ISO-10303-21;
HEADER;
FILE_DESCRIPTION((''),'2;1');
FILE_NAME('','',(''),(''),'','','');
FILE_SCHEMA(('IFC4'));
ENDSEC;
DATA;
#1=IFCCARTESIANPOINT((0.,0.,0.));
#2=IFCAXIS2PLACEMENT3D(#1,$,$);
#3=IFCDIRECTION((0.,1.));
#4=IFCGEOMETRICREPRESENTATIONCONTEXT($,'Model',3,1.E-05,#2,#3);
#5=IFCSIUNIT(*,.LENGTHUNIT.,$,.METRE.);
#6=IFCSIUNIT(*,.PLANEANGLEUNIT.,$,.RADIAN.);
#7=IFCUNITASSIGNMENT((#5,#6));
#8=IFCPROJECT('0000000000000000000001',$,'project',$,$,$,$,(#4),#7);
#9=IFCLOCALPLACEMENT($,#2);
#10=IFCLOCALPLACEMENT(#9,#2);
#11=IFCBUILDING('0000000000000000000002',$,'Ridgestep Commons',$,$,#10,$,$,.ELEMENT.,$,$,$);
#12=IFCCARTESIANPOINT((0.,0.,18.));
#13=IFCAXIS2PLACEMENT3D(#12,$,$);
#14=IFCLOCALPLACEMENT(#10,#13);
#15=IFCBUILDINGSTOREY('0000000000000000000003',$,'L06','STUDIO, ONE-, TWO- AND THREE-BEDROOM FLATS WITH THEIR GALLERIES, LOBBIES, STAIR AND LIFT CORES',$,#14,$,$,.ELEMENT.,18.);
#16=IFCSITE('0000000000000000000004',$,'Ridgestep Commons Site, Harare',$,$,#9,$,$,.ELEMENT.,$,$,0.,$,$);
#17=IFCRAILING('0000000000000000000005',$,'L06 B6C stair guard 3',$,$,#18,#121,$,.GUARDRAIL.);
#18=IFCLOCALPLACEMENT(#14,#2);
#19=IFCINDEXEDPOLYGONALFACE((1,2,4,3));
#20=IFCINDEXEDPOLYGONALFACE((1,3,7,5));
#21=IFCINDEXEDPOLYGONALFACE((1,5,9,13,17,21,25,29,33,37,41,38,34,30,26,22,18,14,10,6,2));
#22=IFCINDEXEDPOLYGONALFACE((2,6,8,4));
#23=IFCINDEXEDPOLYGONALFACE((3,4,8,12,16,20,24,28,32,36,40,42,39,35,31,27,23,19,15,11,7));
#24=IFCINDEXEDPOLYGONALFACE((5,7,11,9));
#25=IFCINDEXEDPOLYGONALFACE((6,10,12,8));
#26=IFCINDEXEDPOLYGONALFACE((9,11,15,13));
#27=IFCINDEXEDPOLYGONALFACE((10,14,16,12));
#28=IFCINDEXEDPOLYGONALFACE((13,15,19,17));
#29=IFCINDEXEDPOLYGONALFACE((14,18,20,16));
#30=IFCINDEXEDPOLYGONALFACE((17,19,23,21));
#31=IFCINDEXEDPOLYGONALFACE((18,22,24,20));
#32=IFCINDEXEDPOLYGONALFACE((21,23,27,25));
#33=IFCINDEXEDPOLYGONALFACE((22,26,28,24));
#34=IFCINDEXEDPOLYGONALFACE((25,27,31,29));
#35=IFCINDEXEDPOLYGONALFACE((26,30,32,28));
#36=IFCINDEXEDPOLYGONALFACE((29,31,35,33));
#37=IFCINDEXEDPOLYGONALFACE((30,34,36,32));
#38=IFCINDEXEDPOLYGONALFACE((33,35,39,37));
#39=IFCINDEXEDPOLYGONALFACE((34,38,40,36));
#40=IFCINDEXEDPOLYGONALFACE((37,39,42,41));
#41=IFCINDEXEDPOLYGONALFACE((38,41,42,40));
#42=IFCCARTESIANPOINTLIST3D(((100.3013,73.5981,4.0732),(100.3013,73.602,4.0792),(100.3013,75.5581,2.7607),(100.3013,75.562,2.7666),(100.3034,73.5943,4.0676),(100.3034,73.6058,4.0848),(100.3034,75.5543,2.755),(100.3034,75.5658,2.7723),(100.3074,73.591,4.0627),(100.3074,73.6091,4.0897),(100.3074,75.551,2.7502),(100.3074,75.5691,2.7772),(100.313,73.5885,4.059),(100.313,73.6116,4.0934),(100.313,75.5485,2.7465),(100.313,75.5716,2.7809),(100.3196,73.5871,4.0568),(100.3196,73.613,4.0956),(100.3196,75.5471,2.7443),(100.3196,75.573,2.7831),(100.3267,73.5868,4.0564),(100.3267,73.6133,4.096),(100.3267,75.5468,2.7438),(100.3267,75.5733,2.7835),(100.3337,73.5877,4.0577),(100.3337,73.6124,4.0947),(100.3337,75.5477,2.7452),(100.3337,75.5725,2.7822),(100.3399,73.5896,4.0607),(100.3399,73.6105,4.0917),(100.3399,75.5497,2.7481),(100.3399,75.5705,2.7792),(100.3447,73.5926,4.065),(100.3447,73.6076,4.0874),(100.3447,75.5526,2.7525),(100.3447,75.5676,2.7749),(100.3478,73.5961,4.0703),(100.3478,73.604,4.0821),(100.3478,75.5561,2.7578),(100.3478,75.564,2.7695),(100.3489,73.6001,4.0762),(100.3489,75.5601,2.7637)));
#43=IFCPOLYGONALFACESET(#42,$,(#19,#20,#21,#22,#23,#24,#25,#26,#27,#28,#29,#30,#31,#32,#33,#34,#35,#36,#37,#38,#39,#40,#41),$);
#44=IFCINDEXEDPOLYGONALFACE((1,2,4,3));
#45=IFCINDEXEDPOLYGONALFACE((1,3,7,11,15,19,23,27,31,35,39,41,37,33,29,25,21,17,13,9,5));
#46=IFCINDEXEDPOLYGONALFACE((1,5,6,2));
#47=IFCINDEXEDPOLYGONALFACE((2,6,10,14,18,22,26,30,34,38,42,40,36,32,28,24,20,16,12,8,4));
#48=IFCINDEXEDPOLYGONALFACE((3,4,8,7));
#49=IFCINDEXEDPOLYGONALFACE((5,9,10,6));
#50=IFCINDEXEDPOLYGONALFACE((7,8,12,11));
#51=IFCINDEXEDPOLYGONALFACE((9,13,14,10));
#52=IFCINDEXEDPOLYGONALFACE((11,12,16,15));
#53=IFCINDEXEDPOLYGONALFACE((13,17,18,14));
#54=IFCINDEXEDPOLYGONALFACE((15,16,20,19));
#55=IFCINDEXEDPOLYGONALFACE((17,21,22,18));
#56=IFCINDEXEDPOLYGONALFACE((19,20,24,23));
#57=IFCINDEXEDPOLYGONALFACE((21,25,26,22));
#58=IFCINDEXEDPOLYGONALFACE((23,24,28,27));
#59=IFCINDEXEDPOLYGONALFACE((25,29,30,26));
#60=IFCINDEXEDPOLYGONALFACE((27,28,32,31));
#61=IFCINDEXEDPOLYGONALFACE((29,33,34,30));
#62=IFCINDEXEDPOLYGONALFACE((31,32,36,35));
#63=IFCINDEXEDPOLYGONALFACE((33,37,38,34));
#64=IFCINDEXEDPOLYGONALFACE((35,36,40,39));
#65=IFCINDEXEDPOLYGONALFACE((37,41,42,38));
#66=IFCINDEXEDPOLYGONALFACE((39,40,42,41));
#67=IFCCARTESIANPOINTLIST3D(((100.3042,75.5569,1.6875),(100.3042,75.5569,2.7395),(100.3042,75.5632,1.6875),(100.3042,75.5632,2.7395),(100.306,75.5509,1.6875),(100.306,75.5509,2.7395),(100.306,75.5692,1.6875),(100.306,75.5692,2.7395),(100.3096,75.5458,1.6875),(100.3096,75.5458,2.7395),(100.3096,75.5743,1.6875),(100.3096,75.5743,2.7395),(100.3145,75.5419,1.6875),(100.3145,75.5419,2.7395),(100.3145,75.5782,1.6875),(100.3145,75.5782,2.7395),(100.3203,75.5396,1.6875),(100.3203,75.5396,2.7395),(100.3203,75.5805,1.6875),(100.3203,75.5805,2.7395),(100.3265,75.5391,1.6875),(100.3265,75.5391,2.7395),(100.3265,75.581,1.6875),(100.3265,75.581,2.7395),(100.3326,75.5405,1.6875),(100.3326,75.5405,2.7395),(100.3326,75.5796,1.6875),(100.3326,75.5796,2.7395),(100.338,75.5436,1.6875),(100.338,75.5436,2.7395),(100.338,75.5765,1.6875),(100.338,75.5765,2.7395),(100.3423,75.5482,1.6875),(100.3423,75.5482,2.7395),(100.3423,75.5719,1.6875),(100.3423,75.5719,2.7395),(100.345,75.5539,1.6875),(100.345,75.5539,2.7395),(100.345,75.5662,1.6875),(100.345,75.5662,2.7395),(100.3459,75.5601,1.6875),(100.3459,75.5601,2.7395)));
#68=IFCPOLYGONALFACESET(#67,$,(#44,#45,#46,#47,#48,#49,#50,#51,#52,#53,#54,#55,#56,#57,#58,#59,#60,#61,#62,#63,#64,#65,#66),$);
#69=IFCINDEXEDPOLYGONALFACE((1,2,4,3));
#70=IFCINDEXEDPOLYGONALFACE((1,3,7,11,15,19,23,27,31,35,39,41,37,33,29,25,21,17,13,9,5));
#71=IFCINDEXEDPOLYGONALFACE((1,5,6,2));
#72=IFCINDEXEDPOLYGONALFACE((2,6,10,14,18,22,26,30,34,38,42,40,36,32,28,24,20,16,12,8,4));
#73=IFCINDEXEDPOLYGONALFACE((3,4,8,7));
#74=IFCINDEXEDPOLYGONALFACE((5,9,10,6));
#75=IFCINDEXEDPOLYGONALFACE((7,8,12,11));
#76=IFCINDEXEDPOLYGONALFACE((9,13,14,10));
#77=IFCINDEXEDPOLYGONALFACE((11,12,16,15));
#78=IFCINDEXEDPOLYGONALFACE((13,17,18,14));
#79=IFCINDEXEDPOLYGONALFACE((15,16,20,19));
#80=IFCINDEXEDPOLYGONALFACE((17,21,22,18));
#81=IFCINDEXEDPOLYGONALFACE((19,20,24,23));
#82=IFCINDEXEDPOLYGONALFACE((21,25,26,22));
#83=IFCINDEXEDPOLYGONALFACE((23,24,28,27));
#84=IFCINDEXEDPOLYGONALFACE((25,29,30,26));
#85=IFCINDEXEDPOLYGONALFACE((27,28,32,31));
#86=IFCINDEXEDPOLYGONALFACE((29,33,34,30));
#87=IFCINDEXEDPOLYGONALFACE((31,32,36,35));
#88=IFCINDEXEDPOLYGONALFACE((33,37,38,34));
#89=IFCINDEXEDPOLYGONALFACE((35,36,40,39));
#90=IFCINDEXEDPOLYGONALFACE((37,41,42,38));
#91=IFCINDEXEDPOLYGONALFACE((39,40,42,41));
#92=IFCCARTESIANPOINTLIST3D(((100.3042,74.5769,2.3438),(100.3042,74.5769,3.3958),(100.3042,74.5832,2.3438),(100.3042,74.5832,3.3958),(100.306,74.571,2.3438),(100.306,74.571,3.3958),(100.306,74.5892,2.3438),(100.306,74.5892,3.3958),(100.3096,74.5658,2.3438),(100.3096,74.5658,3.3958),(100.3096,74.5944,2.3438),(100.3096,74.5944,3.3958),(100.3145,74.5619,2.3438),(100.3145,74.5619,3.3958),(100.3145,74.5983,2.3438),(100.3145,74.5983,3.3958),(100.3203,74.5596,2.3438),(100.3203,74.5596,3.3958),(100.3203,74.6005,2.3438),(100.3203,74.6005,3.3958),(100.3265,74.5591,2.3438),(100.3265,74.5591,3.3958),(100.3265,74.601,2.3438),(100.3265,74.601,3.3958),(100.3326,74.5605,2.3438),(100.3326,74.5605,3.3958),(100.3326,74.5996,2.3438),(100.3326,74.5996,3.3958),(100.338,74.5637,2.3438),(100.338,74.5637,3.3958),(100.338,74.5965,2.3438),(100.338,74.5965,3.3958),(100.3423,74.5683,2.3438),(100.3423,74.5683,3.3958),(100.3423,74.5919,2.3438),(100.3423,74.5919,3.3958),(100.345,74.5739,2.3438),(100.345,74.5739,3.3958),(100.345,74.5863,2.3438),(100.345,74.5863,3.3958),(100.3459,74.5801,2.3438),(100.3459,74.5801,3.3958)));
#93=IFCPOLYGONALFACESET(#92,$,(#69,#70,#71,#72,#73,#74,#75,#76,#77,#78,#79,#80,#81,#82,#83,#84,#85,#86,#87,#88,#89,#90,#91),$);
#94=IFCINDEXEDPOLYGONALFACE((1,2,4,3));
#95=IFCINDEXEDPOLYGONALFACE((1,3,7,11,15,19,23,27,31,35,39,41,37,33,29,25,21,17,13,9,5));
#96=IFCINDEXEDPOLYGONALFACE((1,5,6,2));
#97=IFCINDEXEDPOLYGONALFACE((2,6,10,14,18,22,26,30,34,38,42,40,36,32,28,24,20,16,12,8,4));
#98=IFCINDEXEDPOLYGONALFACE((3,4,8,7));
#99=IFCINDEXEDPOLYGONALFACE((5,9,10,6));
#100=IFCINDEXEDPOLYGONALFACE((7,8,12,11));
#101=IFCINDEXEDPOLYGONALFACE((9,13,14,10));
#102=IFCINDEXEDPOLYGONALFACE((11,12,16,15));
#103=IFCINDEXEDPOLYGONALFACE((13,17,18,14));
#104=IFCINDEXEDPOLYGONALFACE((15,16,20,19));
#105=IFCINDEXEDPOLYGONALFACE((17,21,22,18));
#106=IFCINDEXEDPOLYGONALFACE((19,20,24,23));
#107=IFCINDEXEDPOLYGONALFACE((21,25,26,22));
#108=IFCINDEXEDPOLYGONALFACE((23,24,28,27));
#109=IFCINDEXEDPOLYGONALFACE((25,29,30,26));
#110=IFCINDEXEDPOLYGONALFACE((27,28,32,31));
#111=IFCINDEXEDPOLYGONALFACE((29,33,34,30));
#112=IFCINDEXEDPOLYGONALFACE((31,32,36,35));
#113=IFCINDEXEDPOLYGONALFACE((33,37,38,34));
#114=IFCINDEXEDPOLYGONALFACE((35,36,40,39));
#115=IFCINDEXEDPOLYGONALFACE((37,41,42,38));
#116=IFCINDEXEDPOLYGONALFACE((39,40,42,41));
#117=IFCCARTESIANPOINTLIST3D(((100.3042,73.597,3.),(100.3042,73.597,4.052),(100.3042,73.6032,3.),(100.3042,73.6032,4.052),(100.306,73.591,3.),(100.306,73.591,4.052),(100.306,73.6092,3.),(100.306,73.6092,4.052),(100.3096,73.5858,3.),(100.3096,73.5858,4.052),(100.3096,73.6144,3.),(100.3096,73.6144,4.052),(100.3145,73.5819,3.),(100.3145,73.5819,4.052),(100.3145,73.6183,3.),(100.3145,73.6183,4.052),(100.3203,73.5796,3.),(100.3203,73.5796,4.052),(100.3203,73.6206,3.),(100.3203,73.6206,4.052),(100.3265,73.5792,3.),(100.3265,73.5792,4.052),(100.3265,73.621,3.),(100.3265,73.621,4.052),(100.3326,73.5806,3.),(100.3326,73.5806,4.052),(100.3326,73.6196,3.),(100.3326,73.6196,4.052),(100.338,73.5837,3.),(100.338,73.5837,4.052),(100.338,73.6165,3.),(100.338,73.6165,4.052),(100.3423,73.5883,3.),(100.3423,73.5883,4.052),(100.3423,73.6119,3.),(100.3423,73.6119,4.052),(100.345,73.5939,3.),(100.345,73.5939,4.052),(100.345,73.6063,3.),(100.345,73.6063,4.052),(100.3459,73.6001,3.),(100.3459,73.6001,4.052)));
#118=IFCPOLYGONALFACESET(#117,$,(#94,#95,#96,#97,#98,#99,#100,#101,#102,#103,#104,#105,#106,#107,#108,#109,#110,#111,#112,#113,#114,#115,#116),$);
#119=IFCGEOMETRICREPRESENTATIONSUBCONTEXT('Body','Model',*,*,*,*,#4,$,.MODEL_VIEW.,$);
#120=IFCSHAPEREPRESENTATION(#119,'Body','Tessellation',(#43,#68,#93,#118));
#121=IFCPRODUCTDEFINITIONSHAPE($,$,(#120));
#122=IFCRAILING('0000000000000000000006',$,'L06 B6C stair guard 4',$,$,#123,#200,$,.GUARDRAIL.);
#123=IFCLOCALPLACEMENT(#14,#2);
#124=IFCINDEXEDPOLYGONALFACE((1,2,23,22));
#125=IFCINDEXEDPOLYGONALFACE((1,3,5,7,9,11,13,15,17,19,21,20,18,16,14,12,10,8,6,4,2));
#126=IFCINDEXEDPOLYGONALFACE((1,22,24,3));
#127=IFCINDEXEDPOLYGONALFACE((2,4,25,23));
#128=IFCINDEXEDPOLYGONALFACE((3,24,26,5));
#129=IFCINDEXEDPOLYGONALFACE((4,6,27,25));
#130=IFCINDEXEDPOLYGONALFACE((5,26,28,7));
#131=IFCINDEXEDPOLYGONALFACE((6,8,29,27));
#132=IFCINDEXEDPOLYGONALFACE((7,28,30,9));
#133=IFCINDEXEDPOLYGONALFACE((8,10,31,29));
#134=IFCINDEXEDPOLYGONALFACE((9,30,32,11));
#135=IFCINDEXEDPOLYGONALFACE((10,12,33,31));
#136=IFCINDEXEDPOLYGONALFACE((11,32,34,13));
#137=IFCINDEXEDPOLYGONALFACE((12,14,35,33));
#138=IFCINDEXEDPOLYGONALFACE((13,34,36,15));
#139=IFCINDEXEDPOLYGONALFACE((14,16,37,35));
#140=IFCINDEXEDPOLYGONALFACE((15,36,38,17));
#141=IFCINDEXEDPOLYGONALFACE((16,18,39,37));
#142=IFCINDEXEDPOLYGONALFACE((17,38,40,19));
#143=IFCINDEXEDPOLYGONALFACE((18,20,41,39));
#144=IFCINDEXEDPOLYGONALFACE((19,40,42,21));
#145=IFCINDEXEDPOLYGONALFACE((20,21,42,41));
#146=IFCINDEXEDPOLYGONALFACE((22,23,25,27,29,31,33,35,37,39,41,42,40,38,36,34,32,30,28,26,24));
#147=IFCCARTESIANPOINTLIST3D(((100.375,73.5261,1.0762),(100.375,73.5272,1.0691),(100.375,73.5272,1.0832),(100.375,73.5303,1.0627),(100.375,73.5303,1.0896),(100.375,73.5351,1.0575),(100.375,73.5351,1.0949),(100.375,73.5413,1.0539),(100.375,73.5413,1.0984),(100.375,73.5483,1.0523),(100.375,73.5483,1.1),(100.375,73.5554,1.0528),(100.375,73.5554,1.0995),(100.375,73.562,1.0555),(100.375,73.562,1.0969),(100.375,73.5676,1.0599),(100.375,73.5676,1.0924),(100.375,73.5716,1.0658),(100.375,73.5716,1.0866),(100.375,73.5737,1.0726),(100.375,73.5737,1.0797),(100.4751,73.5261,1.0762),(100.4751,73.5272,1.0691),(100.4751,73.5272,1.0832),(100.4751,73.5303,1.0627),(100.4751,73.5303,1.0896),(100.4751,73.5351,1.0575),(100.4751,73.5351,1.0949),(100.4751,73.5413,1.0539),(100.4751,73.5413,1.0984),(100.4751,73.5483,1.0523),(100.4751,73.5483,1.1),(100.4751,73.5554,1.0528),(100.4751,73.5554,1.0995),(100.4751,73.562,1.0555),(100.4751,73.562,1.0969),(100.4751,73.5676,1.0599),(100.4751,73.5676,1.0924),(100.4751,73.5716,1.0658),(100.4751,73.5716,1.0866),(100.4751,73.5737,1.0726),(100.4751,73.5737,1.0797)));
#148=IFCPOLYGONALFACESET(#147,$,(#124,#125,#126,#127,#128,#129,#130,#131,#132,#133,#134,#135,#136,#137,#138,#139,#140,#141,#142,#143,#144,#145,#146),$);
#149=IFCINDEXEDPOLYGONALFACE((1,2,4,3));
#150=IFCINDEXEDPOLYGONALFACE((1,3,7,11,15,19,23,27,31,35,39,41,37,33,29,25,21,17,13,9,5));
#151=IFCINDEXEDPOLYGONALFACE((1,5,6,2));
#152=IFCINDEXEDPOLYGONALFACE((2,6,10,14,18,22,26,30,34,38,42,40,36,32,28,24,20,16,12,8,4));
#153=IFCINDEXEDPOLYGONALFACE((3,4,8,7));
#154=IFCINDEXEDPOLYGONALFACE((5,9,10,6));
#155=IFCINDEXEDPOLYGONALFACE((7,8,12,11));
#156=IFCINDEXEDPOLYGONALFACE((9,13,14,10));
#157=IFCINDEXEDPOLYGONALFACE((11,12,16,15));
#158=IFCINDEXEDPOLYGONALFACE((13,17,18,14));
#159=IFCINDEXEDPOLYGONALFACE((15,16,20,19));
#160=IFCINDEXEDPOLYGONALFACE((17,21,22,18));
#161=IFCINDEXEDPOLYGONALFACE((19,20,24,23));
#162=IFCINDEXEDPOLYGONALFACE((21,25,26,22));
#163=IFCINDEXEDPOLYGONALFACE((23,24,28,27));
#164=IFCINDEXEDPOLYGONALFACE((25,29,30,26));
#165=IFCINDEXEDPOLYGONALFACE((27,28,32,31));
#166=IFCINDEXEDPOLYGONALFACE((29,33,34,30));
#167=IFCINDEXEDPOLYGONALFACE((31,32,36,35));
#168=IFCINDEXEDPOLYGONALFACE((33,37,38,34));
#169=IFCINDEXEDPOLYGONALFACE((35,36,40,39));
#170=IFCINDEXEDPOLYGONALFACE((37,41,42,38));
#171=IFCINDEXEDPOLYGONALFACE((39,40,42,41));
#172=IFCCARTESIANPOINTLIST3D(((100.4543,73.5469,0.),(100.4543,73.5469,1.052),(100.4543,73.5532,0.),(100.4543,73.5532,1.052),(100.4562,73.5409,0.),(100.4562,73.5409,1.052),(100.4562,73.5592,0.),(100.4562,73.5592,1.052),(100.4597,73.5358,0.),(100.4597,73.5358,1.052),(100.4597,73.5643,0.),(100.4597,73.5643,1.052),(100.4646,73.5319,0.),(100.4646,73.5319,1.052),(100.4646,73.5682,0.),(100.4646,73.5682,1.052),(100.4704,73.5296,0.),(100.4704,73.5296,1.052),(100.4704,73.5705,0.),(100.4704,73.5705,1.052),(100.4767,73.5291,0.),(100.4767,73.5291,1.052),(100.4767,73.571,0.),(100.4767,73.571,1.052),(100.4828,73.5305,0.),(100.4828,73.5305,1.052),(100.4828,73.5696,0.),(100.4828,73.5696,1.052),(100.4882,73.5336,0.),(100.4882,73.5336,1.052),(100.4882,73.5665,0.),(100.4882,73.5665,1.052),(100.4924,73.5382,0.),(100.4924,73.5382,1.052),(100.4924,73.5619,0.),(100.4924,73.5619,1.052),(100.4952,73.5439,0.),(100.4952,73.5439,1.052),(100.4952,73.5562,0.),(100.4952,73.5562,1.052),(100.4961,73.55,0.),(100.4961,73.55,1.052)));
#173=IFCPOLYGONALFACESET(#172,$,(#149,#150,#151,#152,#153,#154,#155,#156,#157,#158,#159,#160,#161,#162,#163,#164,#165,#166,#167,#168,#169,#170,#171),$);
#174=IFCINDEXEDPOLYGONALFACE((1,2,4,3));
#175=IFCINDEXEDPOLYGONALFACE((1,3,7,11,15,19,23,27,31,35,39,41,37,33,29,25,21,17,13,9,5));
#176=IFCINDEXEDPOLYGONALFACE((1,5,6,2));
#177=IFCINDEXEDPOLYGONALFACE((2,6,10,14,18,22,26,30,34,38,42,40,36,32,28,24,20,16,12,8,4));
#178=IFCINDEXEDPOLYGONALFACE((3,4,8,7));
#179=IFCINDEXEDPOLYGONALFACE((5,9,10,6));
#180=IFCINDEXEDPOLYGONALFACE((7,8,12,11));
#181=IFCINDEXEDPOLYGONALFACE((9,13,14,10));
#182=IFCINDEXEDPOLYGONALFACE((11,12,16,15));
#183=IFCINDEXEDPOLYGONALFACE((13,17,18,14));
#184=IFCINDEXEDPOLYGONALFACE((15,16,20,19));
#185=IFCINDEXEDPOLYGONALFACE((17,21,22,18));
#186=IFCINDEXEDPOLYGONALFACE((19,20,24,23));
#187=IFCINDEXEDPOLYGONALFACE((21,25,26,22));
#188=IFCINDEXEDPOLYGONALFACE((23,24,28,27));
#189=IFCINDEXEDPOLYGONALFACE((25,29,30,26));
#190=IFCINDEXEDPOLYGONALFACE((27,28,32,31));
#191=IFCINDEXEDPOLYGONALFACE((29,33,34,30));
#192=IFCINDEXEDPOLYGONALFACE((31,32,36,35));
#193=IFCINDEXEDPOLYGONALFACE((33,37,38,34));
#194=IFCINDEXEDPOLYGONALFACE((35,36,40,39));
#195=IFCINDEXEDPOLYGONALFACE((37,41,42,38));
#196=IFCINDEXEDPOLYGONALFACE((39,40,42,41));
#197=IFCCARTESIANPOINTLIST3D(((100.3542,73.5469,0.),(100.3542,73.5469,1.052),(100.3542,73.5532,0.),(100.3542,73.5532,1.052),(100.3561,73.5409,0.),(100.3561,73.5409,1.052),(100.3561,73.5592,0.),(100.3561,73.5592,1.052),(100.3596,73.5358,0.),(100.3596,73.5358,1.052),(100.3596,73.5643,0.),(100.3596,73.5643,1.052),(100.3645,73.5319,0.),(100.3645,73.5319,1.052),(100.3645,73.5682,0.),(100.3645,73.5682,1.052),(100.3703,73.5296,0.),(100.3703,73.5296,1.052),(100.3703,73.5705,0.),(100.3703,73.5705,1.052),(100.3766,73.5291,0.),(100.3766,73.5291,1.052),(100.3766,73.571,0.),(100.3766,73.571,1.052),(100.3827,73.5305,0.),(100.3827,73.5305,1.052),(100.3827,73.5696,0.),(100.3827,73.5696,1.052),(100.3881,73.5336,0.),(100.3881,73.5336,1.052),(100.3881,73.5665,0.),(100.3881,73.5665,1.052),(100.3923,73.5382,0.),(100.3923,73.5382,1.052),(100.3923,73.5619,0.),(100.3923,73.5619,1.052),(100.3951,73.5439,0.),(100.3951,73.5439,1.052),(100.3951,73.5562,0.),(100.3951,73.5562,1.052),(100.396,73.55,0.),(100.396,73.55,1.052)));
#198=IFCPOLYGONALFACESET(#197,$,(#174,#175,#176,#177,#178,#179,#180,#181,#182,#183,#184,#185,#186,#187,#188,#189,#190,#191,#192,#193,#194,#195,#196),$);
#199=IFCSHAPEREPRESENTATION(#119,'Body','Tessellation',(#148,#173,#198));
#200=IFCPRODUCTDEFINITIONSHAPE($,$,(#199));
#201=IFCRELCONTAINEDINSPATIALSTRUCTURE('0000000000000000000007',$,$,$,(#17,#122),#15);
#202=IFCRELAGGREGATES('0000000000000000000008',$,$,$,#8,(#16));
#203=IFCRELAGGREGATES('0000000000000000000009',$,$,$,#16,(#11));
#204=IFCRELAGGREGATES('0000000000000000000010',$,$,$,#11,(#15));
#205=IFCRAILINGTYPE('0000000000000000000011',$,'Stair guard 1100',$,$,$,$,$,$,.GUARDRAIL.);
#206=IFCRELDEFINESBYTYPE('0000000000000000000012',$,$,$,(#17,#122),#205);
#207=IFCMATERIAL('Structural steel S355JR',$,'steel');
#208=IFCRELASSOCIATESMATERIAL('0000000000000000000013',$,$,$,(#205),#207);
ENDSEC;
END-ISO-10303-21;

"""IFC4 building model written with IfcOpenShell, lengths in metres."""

from ifc_helpers import new_model, si_unit, direction, frame, origin, origin_2d, place, context, subcontext, project, spatial, circle, extrude, material, type_object, element, save


model = new_model("IFC4")

# Units and contexts
model_context = context("Model", 3, precision=1e-05, world=origin(), true_north=direction((0.0, 1.0)))
body_context = subcontext(model_context, "Body", "Model", "MODEL_VIEW")
ifc_project = project(units=[si_unit("LENGTHUNIT", "METRE"), si_unit("PLANEANGLEUNIT", "RADIAN")], contexts=[model_context])

# Site, building, storey
site_placement = place(None, origin())
site = spatial("IfcSite", under=ifc_project, at=site_placement, Name="Ridgestep Commons Site, Harare", CompositionType="ELEMENT", RefElevation=0.0)
building_placement = place(site_placement, origin())
building = spatial("IfcBuilding", under=site, at=building_placement, Name="Ridgestep Commons", CompositionType="ELEMENT")
storey_placement = place(building_placement, frame((0.0, 0.0, 18.0)))
storey = spatial("IfcBuildingStorey", under=building, at=storey_placement, Name="L06", Description="STUDIO, ONE-, TWO- AND THREE-BEDROOM FLATS WITH THEIR GALLERIES, LOBBIES, STAIR AND LIFT CORES", CompositionType="ELEMENT", Elevation=18.0)

# Railings
ifc_material_1 = material(Name="Structural steel S355JR", Category="steel")
railing_type_1 = type_object("IfcRailingType", Name="Stair guard 1100", PredefinedType="GUARDRAIL", material=ifc_material_1)
railing_1_placement = place(storey_placement, frame((100.325, 75.5601, 1.6875)))
element("IfcRailing", 1, at=railing_1_placement, inside=storey, type_object=railing_type_1, Name="L06 B6C stair guard 3", PredefinedType="GUARDRAIL", context=body_context, shape_type="SweptSolid", body=[
    extrude(circle(Radius=0.0239, at=origin_2d()), frame((0.0, 0.0, 1.0762), z_axis=(0.0, -0.830902, 0.556419), x_axis=(1.0, 0.0, 0.0)), (0.0, 0.0, 1.0), 2.3589),
    extrude(circle(Radius=0.021, at=origin_2d()), origin(), (0.0, 0.0, 1.0), 1.052),
    extrude(circle(Radius=0.021, at=origin_2d()), frame((0.0, -0.98, 0.6562)), (0.0, 0.0, 1.0), 1.052),
    extrude(circle(Radius=0.021, at=origin_2d()), frame((0.0, -1.96, 1.3125)), (0.0, 0.0, 1.0), 1.052),
])
railing_2_placement = place(storey_placement, frame((100.4751, 73.55, 0.0)))
element("IfcRailing", 2, at=railing_2_placement, inside=storey, type_object=railing_type_1, Name="L06 B6C stair guard 4", PredefinedType="GUARDRAIL", context=body_context, shape_type="SweptSolid", body=[
    extrude(circle(Radius=0.0239, at=origin_2d()), frame((0.0, 0.0, 1.0762), z_axis=(-1.0, 0.0, 0.0), x_axis=(0.0, -1.0, 0.0)), (0.0, 0.0, 1.0), 0.1001),
    extrude(circle(Radius=0.021, at=origin_2d()), origin(), (0.0, 0.0, 1.0), 1.052),
    extrude(circle(Radius=0.021, at=origin_2d()), frame((-0.1001, 0.0, 0.0)), (0.0, 0.0, 1.0), 1.052),
])

save(model, "model.ifc")
